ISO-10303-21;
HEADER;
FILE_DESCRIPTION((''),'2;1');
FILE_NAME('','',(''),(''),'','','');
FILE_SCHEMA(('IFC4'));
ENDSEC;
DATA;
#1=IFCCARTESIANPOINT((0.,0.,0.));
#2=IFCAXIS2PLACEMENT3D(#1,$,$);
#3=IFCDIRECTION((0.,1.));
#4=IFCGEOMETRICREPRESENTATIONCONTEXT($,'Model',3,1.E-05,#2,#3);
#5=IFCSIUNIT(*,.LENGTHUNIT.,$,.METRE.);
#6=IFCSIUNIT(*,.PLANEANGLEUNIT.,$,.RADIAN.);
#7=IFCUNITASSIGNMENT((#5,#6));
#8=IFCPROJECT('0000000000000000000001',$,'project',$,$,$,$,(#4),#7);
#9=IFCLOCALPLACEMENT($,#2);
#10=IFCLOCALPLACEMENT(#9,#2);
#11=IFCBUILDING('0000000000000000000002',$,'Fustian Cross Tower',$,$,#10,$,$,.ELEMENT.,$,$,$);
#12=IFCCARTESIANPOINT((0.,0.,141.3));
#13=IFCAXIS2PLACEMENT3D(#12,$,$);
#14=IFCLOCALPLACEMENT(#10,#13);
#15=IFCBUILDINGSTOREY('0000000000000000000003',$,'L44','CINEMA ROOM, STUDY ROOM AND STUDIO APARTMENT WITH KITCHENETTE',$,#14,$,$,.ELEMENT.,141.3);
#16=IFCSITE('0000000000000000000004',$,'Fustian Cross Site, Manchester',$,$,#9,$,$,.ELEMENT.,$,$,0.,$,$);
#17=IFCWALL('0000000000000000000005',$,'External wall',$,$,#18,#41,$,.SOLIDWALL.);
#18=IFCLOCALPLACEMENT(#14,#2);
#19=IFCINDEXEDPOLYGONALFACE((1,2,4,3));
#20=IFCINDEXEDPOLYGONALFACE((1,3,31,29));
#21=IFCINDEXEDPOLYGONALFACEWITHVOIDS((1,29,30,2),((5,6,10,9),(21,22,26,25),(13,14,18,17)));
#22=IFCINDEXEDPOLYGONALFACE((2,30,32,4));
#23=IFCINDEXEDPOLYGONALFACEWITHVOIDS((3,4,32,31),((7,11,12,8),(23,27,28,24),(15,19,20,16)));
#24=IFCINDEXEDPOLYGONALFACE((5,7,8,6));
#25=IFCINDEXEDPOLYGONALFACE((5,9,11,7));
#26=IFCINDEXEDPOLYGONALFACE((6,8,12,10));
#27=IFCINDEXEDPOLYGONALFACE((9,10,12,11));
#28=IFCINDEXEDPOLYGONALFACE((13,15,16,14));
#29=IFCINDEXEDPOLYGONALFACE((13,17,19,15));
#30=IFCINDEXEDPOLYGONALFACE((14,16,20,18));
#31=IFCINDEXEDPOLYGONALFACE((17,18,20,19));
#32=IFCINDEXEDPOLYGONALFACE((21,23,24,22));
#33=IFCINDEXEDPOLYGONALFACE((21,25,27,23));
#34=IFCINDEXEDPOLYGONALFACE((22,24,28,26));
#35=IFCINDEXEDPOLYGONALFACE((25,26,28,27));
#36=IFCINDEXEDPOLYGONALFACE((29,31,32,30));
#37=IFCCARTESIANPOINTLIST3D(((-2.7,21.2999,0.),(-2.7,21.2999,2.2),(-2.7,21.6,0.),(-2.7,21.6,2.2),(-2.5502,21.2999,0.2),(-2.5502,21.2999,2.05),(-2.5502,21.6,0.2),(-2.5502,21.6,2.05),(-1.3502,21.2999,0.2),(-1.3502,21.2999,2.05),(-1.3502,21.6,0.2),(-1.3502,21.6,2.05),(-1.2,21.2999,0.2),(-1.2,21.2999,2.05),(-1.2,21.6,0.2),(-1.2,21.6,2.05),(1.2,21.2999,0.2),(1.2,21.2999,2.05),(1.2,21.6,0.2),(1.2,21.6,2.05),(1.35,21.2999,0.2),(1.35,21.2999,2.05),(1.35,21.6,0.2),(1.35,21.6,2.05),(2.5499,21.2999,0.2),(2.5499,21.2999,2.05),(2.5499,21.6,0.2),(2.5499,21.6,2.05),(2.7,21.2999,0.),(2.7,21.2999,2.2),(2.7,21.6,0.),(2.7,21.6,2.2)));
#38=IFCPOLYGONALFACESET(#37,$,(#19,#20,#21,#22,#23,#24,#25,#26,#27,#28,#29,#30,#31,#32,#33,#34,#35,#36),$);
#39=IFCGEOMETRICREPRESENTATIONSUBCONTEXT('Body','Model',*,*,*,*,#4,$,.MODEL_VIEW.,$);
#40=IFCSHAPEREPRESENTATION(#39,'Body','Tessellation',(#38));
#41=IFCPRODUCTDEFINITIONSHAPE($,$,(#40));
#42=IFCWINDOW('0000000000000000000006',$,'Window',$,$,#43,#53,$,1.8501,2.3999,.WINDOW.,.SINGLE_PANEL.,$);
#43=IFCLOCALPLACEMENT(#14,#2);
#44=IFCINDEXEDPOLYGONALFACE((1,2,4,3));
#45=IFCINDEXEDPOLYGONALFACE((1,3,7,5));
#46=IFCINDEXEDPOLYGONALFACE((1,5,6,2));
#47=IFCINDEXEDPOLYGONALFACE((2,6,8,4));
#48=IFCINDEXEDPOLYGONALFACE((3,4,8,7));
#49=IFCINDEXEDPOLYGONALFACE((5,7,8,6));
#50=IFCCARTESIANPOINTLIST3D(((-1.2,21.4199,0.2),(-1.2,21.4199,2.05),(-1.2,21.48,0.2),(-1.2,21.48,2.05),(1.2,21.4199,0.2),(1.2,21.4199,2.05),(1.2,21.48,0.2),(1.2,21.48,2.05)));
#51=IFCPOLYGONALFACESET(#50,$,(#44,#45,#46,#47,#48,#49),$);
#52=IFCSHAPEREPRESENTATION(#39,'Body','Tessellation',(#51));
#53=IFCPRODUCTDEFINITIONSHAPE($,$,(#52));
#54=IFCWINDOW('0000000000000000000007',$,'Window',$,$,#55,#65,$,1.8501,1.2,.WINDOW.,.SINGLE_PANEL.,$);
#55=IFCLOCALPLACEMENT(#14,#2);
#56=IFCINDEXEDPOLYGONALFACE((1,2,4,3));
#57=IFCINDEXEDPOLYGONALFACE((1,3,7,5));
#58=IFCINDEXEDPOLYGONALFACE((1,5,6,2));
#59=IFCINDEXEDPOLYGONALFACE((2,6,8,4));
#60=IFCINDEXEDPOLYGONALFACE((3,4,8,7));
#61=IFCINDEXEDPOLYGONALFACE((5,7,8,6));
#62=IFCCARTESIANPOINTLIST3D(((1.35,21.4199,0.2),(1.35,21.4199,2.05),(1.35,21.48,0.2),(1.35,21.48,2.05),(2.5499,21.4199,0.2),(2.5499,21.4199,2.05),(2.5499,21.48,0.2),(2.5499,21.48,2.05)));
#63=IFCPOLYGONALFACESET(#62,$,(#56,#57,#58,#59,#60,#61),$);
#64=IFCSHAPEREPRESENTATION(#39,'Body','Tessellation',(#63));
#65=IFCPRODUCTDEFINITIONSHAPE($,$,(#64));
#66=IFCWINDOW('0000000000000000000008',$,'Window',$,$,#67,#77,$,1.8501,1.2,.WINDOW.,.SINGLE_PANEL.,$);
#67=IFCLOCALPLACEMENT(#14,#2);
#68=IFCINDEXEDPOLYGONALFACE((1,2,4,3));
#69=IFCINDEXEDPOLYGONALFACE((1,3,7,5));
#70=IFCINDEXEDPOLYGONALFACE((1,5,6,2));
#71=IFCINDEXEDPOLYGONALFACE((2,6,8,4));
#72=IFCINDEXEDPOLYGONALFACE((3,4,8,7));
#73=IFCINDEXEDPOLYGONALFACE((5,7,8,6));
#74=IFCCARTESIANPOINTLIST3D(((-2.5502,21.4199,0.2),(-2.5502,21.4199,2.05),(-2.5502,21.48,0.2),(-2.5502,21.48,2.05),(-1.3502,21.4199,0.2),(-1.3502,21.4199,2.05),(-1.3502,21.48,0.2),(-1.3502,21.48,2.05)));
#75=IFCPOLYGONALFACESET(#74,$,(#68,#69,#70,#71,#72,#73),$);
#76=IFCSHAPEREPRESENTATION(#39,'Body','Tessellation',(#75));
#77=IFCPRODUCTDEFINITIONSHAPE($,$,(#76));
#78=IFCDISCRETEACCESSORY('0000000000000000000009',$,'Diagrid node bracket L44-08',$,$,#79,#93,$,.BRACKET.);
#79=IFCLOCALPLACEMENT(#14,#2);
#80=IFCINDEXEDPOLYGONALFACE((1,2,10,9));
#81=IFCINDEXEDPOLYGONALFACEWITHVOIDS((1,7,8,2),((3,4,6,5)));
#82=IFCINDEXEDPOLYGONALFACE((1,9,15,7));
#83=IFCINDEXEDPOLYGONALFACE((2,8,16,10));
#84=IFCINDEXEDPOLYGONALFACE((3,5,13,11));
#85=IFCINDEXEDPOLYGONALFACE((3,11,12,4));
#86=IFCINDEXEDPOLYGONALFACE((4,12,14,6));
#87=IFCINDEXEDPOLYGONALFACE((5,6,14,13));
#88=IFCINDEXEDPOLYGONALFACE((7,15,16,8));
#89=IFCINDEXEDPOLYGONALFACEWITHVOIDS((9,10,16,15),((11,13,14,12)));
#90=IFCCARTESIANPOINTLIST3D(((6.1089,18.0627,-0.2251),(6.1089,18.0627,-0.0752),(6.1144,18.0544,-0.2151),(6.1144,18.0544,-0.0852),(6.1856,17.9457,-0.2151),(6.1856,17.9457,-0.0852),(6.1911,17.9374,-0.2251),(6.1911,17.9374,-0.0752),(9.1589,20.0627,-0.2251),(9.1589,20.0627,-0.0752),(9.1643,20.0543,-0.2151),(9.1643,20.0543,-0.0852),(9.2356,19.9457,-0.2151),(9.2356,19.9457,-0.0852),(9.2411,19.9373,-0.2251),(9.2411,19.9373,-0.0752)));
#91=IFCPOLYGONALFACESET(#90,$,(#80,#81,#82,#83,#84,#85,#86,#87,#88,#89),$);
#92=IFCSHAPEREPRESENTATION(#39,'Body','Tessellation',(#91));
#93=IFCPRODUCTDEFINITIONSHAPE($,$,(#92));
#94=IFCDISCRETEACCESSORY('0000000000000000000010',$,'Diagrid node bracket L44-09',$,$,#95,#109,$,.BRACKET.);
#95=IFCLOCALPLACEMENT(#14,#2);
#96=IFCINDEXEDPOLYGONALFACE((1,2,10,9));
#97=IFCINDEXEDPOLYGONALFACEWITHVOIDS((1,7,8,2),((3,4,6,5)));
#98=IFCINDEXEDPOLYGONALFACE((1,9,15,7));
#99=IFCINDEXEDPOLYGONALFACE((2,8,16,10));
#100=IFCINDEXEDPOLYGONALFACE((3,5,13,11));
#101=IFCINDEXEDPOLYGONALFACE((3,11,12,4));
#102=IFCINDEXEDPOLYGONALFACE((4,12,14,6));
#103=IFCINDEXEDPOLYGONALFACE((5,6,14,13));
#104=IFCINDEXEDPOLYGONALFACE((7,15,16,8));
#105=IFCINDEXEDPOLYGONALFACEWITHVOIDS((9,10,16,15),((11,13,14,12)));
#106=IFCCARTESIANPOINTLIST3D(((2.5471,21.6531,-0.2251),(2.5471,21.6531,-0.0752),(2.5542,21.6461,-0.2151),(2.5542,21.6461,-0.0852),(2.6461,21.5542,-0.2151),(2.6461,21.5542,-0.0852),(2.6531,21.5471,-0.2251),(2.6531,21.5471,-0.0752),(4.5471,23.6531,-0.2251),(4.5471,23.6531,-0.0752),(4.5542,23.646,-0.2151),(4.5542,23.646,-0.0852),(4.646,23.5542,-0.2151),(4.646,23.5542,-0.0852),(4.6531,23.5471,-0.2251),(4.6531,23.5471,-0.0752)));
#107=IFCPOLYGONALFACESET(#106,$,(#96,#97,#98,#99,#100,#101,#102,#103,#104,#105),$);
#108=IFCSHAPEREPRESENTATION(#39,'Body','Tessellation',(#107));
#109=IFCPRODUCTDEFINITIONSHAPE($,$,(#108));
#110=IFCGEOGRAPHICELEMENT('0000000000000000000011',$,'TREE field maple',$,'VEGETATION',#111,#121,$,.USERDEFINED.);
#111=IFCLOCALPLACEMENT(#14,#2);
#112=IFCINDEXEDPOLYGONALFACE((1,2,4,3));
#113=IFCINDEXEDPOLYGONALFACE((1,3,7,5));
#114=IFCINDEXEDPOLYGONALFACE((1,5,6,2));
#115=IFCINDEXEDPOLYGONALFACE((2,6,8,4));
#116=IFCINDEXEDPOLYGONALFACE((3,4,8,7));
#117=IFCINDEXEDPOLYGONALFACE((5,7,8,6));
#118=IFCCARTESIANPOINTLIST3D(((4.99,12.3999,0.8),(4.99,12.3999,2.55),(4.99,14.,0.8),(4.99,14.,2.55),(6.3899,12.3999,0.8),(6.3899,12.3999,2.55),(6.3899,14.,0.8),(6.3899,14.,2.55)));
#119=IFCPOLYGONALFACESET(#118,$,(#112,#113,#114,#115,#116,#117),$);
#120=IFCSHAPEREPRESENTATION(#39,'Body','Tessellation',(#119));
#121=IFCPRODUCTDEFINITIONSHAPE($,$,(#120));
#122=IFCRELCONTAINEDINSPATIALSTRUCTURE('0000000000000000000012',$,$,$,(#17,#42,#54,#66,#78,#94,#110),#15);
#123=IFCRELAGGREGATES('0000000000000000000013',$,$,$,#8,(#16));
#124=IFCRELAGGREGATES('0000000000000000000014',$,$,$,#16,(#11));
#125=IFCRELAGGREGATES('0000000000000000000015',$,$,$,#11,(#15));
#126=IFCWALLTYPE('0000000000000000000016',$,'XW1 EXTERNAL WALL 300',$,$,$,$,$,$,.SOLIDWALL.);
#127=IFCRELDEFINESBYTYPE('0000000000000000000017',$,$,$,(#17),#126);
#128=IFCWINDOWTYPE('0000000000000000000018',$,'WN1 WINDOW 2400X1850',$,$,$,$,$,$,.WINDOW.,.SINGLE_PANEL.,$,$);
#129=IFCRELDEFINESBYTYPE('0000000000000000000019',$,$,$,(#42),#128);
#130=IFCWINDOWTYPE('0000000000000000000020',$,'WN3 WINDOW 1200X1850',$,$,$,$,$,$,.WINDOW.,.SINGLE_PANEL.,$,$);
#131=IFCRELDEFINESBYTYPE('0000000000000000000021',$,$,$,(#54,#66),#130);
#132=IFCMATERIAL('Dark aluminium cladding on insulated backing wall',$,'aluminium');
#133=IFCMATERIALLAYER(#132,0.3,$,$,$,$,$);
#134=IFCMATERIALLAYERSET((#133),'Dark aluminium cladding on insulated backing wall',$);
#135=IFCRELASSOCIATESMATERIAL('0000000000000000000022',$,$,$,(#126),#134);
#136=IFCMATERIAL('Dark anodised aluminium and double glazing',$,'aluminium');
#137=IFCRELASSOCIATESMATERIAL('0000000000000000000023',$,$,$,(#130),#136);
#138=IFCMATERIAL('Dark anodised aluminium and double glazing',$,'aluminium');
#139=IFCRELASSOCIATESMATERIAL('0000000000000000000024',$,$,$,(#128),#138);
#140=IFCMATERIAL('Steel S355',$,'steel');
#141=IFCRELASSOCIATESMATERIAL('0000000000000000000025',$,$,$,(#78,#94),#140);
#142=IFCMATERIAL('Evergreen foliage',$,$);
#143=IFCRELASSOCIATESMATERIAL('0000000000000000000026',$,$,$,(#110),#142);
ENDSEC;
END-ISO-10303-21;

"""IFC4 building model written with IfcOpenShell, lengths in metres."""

from ifc_helpers import new_model, si_unit, direction, frame, frame_2d, origin, origin_2d, place, context, subcontext, project, spatial, rectangle, hollow_rectangle, extrude, material, layer, layer_set, type_object, element, fill, save


model = new_model("IFC4")

# Units and contexts
model_context = context("Model", 3, precision=1e-05, world=origin(), true_north=direction((0.0, 1.0)))
body_context = subcontext(model_context, "Body", "Model", "MODEL_VIEW")
ifc_project = project(units=[si_unit("LENGTHUNIT", "METRE"), si_unit("PLANEANGLEUNIT", "RADIAN")], contexts=[model_context])

# Site, building, storey
site_placement = place(None, origin())
site = spatial("IfcSite", under=ifc_project, at=site_placement, Name="Fustian Cross Site, Manchester", CompositionType="ELEMENT", RefElevation=0.0)
building_placement = place(site_placement, origin())
building = spatial("IfcBuilding", under=site, at=building_placement, Name="Fustian Cross Tower", CompositionType="ELEMENT")
storey_placement = place(building_placement, frame((0.0, 0.0, 141.3)))
storey = spatial("IfcBuildingStorey", under=building, at=storey_placement, Name="L44", Description="CINEMA ROOM, STUDY ROOM AND STUDIO APARTMENT WITH KITCHENETTE", CompositionType="ELEMENT", Elevation=141.3)

# Shared definitions
ifc_material_1 = material(Name="Dark aluminium cladding on insulated backing wall", Category="aluminium")
ifc_layer_1 = layer(ifc_material_1, 0.3)
ifc_layer_set_1 = layer_set([ifc_layer_1], Name="Dark aluminium cladding on insulated backing wall")
wall_type_1 = type_object("IfcWallType", Name="XW1 EXTERNAL WALL 300", PredefinedType="SOLIDWALL", material=ifc_layer_set_1)

# Shared definitions
ifc_material_2 = material(Name="Dark anodised aluminium and double glazing", Category="aluminium")
window_type_1 = type_object("IfcWindowType", Name="WN3 WINDOW 1200X1850", PartitioningType="SINGLE_PANEL", PredefinedType="WINDOW", material=ifc_material_2)

# Wall, openings, windows
wall_1_placement = place(storey_placement, frame((2.7, 21.45, 0.0), z_axis=(0.0, 0.0, 1.0), x_axis=(-1.0, 0.0, 0.0)))
wall_1 = element("IfcWall", 1, at=wall_1_placement, inside=storey, type_object=wall_type_1, Name="External wall", PredefinedType="SOLIDWALL", context=body_context, shape_type="SweptSolid", body=[
    extrude(rectangle(XDim=5.3999, YDim=0.3, at=frame_2d((2.7, 0.0))), origin(), (0.0, 0.0, 1.0), 2.2),
])
opening_1_placement = place(wall_1_placement, frame((1.5, 0.0, 0.2)))
opening_1 = element("IfcOpeningElement", 2, at=opening_1_placement, cuts=wall_1, PredefinedType="OPENING", context=body_context, shape_type="SweptSolid", body=[
    extrude(rectangle(XDim=2.3999, YDim=1.8501, at=frame_2d((1.2, 0.925))), frame((0.0, 0.1599, 0.0), z_axis=(0.0, -1.0, 0.0), x_axis=(1.0, 0.0, 0.0)), (0.0, 0.0, 1.0), 0.3201),
])
opening_2_placement = place(wall_1_placement, frame((0.1499, 0.0, 0.2)))
opening_2 = element("IfcOpeningElement", 3, at=opening_2_placement, cuts=wall_1, PredefinedType="OPENING", context=body_context, shape_type="SweptSolid", body=[
    extrude(rectangle(XDim=1.2, YDim=1.8501, at=frame_2d((0.6001, 0.925))), frame((0.0, 0.1599, 0.0), z_axis=(0.0, -1.0, 0.0), x_axis=(1.0, 0.0, 0.0)), (0.0, 0.0, 1.0), 0.3201),
])
opening_3_placement = place(wall_1_placement, frame((4.05, 0.0, 0.2)))
opening_3 = element("IfcOpeningElement", 4, at=opening_3_placement, cuts=wall_1, PredefinedType="OPENING", context=body_context, shape_type="SweptSolid", body=[
    extrude(rectangle(XDim=1.2, YDim=1.8501, at=frame_2d((0.6001, 0.925))), frame((0.0, 0.1599, 0.0), z_axis=(0.0, -1.0, 0.0), x_axis=(1.0, 0.0, 0.0)), (0.0, 0.0, 1.0), 0.3201),
])
ifc_material_3 = material(Name="Dark anodised aluminium and double glazing", Category="aluminium")
window_type_2 = type_object("IfcWindowType", Name="WN1 WINDOW 2400X1850", PartitioningType="SINGLE_PANEL", PredefinedType="WINDOW", material=ifc_material_3)
window_1_placement = place(opening_1_placement, origin())
window_1 = element("IfcWindow", 5, at=window_1_placement, inside=storey, type_object=window_type_2, Name="Window", OverallHeight=1.8501, OverallWidth=2.3999, PartitioningType="SINGLE_PANEL", PredefinedType="WINDOW", context=body_context, shape_type="SweptSolid", body=[
    extrude(rectangle(XDim=2.3999, YDim=1.8501, at=frame_2d((1.2, 0.925))), frame((0.0, 0.03, 0.0), z_axis=(0.0, -1.0, 0.0), x_axis=(1.0, 0.0, 0.0)), (0.0, 0.0, 1.0), 0.0601),
])
fill(opening_1, window_1)
window_2_placement = place(opening_2_placement, origin())
window_2 = element("IfcWindow", 6, at=window_2_placement, inside=storey, type_object=window_type_1, Name="Window", OverallHeight=1.8501, OverallWidth=1.2, PartitioningType="SINGLE_PANEL", PredefinedType="WINDOW", context=body_context, shape_type="SweptSolid", body=[
    extrude(rectangle(XDim=1.2, YDim=1.8501, at=frame_2d((0.6001, 0.925))), frame((0.0, 0.03, 0.0), z_axis=(0.0, -1.0, 0.0), x_axis=(1.0, 0.0, 0.0)), (0.0, 0.0, 1.0), 0.0601),
])
fill(opening_2, window_2)
window_3_placement = place(opening_3_placement, origin())
window_3 = element("IfcWindow", 7, at=window_3_placement, inside=storey, type_object=window_type_1, Name="Window", OverallHeight=1.8501, OverallWidth=1.2, PartitioningType="SINGLE_PANEL", PredefinedType="WINDOW", context=body_context, shape_type="SweptSolid", body=[
    extrude(rectangle(XDim=1.2, YDim=1.8501, at=frame_2d((0.6001, 0.925))), frame((0.0, 0.03, 0.0), z_axis=(0.0, -1.0, 0.0), x_axis=(1.0, 0.0, 0.0)), (0.0, 0.0, 1.0), 0.0601),
])
fill(opening_3, window_3)

# Discrete accessories
ifc_material_4 = material(Name="Steel S355", Category="steel")
discrete_accessory_1_placement = place(storey_placement, frame((9.2, 20.0, -0.1501), z_axis=(-0.836248, -0.548351, 0.0), x_axis=(0.548351, -0.836248, 0.0)))
element("IfcDiscreteAccessory", 8, at=discrete_accessory_1_placement, inside=storey, material=ifc_material_4, Name="Diagrid node bracket L44-08", PredefinedType="BRACKET", context=body_context, shape_type="SweptSolid", body=[
    extrude(hollow_rectangle(XDim=0.1499, YDim=0.1499, WallThickness=0.01, at=origin_2d()), origin(), (0.0, 0.0, 1.0), 3.6472),
])
discrete_accessory_2_placement = place(storey_placement, frame((4.6001, 23.6001, -0.1501), z_axis=(-0.707107, -0.707107, 0.0), x_axis=(0.707107, -0.707107, 0.0)))
element("IfcDiscreteAccessory", 9, at=discrete_accessory_2_placement, inside=storey, material=ifc_material_4, Name="Diagrid node bracket L44-09", PredefinedType="BRACKET", context=body_context, shape_type="SweptSolid", body=[
    extrude(hollow_rectangle(XDim=0.1499, YDim=0.1499, WallThickness=0.01, at=origin_2d()), origin(), (0.0, 0.0, 1.0), 2.8284),
])

# Geographic element
ifc_material_5 = material(Name="Evergreen foliage")
geographic_element_placement = place(storey_placement, frame((5.6899, 13.2, 0.8), z_axis=(0.0, 0.0, 1.0), x_axis=(1.0, 0.0, 0.0)))
element("IfcGeographicElement", 10, at=geographic_element_placement, inside=storey, material=ifc_material_5, Name="TREE field maple", ObjectType="VEGETATION", PredefinedType="USERDEFINED", context=body_context, shape_type="SweptSolid", body=[
    extrude(rectangle(XDim=1.3999, YDim=1.6001, at=origin_2d()), origin(), (0.0, 0.0, 1.0), 1.75),
])

save(model, "model.ifc")
